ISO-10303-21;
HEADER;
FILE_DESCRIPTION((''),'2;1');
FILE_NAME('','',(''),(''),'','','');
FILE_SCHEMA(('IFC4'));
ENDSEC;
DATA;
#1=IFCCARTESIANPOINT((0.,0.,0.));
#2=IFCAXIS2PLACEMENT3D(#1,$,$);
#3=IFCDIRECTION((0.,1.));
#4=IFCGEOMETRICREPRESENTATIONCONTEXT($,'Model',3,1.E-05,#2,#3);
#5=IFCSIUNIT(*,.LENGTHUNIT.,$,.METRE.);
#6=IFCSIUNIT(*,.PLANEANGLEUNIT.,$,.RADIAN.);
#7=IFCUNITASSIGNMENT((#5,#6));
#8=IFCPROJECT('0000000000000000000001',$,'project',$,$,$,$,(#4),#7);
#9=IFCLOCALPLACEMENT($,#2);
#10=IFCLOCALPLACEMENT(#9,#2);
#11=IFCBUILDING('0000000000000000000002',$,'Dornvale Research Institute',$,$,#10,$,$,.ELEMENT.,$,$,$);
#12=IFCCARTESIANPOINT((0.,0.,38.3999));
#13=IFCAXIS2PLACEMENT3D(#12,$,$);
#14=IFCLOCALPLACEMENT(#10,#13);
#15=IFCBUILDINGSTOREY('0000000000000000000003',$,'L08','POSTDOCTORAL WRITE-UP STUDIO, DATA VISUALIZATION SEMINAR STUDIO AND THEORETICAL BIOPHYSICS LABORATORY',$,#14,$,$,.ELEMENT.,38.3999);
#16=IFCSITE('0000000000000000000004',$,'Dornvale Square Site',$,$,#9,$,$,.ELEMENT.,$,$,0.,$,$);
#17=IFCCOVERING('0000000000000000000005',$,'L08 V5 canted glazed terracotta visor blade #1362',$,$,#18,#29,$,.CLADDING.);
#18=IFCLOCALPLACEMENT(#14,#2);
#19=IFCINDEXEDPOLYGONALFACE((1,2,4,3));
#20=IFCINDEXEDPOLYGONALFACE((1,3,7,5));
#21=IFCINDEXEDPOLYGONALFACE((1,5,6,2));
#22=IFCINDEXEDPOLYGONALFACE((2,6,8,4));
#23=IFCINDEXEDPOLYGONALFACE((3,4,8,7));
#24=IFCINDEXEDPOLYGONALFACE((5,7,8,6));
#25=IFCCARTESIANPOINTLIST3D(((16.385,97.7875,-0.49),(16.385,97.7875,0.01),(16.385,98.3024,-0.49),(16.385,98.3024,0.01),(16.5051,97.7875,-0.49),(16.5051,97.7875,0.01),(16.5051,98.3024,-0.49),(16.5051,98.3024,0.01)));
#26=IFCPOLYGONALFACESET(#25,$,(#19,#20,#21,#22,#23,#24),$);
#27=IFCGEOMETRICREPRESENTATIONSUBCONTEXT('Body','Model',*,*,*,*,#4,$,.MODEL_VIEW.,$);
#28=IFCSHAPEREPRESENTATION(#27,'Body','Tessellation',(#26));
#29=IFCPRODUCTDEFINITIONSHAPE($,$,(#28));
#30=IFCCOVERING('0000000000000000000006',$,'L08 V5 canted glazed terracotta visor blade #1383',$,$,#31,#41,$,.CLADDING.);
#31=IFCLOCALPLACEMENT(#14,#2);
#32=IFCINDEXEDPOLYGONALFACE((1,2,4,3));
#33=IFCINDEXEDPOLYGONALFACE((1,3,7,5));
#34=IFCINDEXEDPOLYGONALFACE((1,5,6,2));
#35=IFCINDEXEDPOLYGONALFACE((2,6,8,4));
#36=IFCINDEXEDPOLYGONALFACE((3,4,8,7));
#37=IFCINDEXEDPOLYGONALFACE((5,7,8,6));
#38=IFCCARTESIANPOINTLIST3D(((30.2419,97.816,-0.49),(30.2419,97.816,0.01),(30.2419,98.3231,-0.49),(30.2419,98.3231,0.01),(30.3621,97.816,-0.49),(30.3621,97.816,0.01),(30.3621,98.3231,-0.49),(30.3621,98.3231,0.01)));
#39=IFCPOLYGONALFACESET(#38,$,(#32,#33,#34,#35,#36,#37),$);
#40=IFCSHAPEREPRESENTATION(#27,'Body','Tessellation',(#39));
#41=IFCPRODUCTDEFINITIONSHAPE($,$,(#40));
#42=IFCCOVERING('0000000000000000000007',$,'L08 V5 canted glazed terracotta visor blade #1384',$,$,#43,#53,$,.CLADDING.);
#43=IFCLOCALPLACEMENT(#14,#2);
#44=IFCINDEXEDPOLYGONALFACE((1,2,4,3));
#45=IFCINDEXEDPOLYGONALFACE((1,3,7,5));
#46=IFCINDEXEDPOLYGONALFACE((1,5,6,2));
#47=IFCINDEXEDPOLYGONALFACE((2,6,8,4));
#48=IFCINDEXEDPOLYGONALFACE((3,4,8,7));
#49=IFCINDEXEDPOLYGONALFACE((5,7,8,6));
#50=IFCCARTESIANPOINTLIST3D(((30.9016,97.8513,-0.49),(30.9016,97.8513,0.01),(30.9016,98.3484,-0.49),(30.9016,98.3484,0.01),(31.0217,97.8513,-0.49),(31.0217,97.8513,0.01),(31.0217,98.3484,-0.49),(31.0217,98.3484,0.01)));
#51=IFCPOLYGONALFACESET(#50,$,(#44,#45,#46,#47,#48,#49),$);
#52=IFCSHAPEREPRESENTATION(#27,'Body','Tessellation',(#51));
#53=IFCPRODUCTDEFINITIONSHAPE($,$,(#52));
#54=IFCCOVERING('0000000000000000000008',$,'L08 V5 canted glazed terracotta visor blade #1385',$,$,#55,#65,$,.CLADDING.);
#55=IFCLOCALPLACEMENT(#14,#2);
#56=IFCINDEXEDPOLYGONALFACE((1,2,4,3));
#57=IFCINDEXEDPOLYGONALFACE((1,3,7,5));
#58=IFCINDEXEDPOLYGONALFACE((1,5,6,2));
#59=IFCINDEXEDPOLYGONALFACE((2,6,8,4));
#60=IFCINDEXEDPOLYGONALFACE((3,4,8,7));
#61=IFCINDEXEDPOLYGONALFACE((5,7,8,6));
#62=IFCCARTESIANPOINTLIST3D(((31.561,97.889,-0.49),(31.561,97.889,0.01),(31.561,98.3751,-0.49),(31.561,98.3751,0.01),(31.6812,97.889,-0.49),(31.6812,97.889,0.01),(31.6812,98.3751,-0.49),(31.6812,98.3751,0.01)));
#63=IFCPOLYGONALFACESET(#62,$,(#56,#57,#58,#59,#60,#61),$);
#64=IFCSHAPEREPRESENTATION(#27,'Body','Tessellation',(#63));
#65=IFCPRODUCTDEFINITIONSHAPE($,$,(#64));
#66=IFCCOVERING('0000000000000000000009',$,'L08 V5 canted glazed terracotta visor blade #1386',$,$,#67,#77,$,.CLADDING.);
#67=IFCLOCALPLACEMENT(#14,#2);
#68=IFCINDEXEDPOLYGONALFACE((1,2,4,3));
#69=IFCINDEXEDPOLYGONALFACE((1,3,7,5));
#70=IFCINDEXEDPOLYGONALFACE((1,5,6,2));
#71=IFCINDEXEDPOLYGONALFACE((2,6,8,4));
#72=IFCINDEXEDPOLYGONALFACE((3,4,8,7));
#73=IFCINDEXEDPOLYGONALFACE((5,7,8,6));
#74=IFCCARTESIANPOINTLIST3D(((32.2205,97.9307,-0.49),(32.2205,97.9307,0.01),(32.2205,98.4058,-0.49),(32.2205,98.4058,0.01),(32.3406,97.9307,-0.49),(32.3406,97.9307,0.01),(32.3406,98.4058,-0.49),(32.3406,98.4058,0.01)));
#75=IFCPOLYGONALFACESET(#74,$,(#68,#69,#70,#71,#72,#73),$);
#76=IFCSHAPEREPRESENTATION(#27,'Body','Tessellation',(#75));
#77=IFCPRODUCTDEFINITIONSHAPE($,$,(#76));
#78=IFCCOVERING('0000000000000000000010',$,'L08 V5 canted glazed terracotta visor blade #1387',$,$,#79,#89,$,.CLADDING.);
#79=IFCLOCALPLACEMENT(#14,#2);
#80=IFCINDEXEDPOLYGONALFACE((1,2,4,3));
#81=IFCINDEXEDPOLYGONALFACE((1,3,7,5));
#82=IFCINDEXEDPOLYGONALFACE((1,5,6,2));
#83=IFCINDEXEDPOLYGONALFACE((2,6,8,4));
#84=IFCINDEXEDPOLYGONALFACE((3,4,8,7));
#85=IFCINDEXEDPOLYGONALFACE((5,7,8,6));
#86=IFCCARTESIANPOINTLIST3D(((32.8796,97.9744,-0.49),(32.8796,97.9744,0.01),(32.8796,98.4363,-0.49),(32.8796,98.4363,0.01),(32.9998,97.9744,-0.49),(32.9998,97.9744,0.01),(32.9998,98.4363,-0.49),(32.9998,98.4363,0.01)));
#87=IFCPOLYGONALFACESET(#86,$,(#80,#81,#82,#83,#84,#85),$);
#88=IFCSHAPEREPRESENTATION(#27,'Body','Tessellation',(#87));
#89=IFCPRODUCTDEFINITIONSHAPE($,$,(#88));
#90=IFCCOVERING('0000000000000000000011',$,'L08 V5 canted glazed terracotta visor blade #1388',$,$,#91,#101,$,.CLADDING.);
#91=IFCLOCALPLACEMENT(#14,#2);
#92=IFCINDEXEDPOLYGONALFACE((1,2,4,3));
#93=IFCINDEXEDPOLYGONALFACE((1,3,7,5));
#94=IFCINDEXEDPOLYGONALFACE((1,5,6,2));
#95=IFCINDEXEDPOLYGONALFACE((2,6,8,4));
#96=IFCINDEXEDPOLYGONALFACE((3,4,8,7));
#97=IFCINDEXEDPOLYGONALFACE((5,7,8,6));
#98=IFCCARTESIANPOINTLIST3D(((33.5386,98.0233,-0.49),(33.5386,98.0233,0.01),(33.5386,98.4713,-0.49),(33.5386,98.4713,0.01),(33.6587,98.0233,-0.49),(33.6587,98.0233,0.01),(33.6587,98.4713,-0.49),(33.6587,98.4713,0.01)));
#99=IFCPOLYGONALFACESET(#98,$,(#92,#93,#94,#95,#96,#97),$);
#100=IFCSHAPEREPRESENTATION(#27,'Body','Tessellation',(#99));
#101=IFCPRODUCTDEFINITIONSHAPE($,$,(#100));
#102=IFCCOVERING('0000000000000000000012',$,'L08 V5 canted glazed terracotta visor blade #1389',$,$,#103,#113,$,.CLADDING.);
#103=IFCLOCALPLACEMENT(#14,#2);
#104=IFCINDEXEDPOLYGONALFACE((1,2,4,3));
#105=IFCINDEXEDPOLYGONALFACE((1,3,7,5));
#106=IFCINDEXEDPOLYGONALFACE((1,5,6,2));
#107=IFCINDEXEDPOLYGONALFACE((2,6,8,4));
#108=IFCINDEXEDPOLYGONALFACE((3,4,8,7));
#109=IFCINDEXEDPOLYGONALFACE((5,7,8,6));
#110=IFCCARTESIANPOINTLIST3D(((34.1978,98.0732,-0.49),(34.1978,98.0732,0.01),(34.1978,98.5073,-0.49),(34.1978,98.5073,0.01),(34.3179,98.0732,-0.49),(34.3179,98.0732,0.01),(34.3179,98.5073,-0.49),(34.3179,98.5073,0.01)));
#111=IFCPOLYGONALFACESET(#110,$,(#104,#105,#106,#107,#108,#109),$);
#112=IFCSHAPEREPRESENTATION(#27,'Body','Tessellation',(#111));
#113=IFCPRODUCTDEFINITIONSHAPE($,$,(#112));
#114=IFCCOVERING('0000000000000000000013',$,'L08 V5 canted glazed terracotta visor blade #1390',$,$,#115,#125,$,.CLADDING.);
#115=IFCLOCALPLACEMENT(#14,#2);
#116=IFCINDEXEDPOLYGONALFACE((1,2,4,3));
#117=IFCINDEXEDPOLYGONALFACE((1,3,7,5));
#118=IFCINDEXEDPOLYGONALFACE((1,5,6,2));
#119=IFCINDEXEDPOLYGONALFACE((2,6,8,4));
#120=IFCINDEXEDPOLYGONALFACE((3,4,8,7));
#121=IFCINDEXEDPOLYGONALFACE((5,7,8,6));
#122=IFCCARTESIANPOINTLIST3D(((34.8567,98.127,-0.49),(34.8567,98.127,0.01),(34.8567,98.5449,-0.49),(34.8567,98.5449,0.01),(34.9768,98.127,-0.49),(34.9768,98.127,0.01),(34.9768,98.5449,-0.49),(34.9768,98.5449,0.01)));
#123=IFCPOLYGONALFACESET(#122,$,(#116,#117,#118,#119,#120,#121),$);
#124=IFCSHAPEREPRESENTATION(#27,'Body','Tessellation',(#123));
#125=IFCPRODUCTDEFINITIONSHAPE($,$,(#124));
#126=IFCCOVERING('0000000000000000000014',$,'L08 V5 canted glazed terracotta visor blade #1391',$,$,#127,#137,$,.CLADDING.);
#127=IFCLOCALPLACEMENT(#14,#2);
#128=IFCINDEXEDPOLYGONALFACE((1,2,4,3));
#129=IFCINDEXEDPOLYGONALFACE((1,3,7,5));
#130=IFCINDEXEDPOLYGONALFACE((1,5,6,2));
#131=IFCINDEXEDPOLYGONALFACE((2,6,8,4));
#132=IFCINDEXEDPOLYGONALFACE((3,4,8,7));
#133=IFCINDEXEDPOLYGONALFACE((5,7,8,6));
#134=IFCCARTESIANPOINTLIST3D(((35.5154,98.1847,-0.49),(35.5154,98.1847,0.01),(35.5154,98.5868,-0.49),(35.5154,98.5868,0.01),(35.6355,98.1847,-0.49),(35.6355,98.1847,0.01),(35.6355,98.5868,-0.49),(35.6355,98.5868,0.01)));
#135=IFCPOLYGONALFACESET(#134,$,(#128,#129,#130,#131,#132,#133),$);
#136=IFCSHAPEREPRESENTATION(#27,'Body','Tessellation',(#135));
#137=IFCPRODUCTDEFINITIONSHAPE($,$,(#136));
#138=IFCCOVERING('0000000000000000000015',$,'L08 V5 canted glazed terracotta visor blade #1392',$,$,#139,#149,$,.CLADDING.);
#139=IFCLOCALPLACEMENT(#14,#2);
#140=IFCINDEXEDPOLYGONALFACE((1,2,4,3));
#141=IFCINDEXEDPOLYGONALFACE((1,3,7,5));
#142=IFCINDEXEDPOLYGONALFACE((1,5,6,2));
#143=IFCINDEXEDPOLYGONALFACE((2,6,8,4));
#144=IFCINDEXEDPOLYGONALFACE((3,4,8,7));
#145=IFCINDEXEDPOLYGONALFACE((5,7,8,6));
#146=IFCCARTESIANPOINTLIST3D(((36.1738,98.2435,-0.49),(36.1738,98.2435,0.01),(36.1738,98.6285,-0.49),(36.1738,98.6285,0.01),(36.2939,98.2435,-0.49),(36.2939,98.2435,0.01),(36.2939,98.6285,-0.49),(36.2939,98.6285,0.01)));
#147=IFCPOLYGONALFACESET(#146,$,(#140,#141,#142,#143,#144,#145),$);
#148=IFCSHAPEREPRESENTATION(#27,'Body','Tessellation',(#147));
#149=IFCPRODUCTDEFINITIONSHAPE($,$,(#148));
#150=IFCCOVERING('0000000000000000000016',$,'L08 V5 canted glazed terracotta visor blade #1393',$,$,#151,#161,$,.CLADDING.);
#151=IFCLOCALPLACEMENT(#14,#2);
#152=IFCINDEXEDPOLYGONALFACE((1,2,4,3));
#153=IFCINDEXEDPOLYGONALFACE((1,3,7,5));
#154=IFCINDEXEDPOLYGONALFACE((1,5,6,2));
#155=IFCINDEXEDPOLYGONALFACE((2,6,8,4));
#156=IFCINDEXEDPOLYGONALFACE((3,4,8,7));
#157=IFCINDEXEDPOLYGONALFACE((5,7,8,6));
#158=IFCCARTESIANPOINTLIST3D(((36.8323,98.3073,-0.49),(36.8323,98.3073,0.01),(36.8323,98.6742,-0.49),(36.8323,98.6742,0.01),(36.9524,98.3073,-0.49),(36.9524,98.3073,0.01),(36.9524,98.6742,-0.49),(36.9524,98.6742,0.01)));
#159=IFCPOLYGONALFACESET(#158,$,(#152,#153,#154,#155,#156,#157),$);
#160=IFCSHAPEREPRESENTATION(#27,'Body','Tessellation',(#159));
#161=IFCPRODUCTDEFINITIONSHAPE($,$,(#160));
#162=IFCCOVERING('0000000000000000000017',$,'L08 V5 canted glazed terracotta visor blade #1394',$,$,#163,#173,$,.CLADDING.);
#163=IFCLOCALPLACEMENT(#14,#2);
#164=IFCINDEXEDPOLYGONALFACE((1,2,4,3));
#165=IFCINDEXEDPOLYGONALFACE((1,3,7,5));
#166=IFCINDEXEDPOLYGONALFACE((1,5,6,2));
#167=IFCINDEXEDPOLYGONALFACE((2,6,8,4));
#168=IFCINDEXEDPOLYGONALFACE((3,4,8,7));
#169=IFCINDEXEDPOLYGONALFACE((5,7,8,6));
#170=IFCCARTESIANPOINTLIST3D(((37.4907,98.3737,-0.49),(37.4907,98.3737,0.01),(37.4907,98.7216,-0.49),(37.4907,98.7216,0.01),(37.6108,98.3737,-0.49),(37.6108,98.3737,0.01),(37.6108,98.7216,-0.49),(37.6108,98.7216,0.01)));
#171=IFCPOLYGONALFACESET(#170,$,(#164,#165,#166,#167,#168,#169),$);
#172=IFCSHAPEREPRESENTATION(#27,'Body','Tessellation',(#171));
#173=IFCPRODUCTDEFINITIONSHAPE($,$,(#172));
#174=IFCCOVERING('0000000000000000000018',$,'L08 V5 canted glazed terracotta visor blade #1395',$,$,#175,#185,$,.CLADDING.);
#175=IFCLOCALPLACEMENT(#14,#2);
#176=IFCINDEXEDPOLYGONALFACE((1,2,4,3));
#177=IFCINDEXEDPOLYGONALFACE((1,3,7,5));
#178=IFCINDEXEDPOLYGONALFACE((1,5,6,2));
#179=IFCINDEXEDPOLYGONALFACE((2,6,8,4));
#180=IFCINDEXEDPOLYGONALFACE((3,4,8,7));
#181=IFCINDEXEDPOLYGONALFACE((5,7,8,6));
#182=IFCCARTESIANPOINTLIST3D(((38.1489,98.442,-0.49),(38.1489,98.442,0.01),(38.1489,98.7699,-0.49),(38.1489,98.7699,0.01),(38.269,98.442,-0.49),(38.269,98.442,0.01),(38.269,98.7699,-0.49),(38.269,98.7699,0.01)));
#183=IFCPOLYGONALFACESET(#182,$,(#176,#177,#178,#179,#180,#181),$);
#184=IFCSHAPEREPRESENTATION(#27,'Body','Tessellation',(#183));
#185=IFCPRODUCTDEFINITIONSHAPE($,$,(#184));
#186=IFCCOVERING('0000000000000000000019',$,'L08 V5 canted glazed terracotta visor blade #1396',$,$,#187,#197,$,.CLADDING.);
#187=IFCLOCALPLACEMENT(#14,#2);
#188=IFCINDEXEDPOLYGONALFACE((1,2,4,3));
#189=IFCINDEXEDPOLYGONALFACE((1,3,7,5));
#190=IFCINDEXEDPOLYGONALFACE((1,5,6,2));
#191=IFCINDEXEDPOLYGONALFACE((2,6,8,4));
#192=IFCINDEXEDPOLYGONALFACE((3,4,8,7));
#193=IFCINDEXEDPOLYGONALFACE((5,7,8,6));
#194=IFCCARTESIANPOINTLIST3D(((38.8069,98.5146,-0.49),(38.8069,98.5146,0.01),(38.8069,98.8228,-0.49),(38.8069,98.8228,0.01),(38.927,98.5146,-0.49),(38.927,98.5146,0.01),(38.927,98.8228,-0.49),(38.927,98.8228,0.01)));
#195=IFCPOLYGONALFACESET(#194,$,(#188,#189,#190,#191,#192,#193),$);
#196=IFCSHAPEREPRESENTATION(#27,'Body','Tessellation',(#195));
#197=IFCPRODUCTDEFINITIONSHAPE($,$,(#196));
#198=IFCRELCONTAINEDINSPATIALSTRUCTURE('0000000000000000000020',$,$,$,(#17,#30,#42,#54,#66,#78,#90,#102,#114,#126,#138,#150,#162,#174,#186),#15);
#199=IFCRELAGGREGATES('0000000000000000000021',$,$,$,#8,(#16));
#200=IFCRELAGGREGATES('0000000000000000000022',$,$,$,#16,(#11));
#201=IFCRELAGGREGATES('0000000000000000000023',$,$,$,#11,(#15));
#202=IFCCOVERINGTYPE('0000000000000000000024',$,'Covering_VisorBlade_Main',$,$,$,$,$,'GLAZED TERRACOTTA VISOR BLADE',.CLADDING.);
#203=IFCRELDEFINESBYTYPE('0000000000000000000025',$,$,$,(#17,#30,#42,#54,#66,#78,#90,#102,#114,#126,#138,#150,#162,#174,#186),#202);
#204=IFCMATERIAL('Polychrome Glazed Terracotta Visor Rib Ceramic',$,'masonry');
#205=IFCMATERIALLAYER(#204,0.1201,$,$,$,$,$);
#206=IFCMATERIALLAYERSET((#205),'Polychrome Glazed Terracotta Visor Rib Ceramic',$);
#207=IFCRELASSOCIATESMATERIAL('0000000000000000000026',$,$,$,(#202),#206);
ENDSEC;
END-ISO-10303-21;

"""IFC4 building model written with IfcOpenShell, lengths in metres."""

from ifc_helpers import new_model, si_unit, direction, frame, origin, origin_2d, place, context, subcontext, project, spatial, rectangle, extrude, material, layer, layer_set, type_object, element, save


model = new_model("IFC4")

# Units and contexts
model_context = context("Model", 3, precision=1e-05, world=origin(), true_north=direction((0.0, 1.0)))
body_context = subcontext(model_context, "Body", "Model", "MODEL_VIEW")
ifc_project = project(units=[si_unit("LENGTHUNIT", "METRE"), si_unit("PLANEANGLEUNIT", "RADIAN")], contexts=[model_context])

# Site, building, storey
site_placement = place(None, origin())
site = spatial("IfcSite", under=ifc_project, at=site_placement, Name="Dornvale Square Site", CompositionType="ELEMENT", RefElevation=0.0)
building_placement = place(site_placement, origin())
building = spatial("IfcBuilding", under=site, at=building_placement, Name="Dornvale Research Institute", CompositionType="ELEMENT")
storey_placement = place(building_placement, frame((0.0, 0.0, 38.3999)))
storey = spatial("IfcBuildingStorey", under=building, at=storey_placement, Name="L08", Description="POSTDOCTORAL WRITE-UP STUDIO, DATA VISUALIZATION SEMINAR STUDIO AND THEORETICAL BIOPHYSICS LABORATORY", CompositionType="ELEMENT", Elevation=38.3999)

# Coverings
ifc_material = material(Name="Polychrome Glazed Terracotta Visor Rib Ceramic", Category="masonry")
ifc_layer = layer(ifc_material, 0.1201)
ifc_layer_set = layer_set([ifc_layer], Name="Polychrome Glazed Terracotta Visor Rib Ceramic")
covering_type = type_object("IfcCoveringType", Name="Covering_VisorBlade_Main", ElementType="GLAZED TERRACOTTA VISOR BLADE", PredefinedType="CLADDING", material=ifc_layer_set)
covering_1_placement = place(storey_placement, frame((16.4451, 98.0449, -0.49), z_axis=(0.0, 0.0, 1.0), x_axis=(0.0, 1.0, 0.0)))
element("IfcCovering", 1, at=covering_1_placement, inside=storey, type_object=covering_type, Name="L08 V5 canted glazed terracotta visor blade #1362", PredefinedType="CLADDING", context=body_context, shape_type="SweptSolid", body=[
    extrude(rectangle(XDim=0.5149, YDim=0.1201, at=origin_2d()), origin(), (0.0, 0.0, 1.0), 0.5),
])
covering_2_placement = place(storey_placement, frame((30.302, 98.0696, -0.49), z_axis=(0.0, 0.0, 1.0), x_axis=(0.0, 1.0, 0.0)))
element("IfcCovering", 2, at=covering_2_placement, inside=storey, type_object=covering_type, Name="L08 V5 canted glazed terracotta visor blade #1383", PredefinedType="CLADDING", context=body_context, shape_type="SweptSolid", body=[
    extrude(rectangle(XDim=0.5071, YDim=0.1201, at=origin_2d()), origin(), (0.0, 0.0, 1.0), 0.5),
])
covering_3_placement = place(storey_placement, frame((30.9617, 98.0999, -0.49), z_axis=(0.0, 0.0, 1.0), x_axis=(0.0, 1.0, 0.0)))
element("IfcCovering", 3, at=covering_3_placement, inside=storey, type_object=covering_type, Name="L08 V5 canted glazed terracotta visor blade #1384", PredefinedType="CLADDING", context=body_context, shape_type="SweptSolid", body=[
    extrude(rectangle(XDim=0.4971, YDim=0.1201, at=origin_2d()), origin(), (0.0, 0.0, 1.0), 0.5),
])
covering_4_placement = place(storey_placement, frame((31.6211, 98.1321, -0.49), z_axis=(0.0, 0.0, 1.0), x_axis=(0.0, 1.0, 0.0)))
element("IfcCovering", 4, at=covering_4_placement, inside=storey, type_object=covering_type, Name="L08 V5 canted glazed terracotta visor blade #1385", PredefinedType="CLADDING", context=body_context, shape_type="SweptSolid", body=[
    extrude(rectangle(XDim=0.4861, YDim=0.1201, at=origin_2d()), origin(), (0.0, 0.0, 1.0), 0.5),
])
covering_5_placement = place(storey_placement, frame((32.2805, 98.1682, -0.49), z_axis=(0.0, 0.0, 1.0), x_axis=(0.0, 1.0, 0.0)))
element("IfcCovering", 5, at=covering_5_placement, inside=storey, type_object=covering_type, Name="L08 V5 canted glazed terracotta visor blade #1386", PredefinedType="CLADDING", context=body_context, shape_type="SweptSolid", body=[
    extrude(rectangle(XDim=0.4751, YDim=0.1201, at=origin_2d()), origin(), (0.0, 0.0, 1.0), 0.5),
])
covering_6_placement = place(storey_placement, frame((32.9397, 98.2053, -0.49), z_axis=(0.0, 0.0, 1.0), x_axis=(0.0, 1.0, 0.0)))
element("IfcCovering", 6, at=covering_6_placement, inside=storey, type_object=covering_type, Name="L08 V5 canted glazed terracotta visor blade #1387", PredefinedType="CLADDING", context=body_context, shape_type="SweptSolid", body=[
    extrude(rectangle(XDim=0.4619, YDim=0.1201, at=origin_2d()), origin(), (0.0, 0.0, 1.0), 0.5),
])
covering_7_placement = place(storey_placement, frame((33.5986, 98.2473, -0.49), z_axis=(0.0, 0.0, 1.0), x_axis=(0.0, 1.0, 0.0)))
element("IfcCovering", 7, at=covering_7_placement, inside=storey, type_object=covering_type, Name="L08 V5 canted glazed terracotta visor blade #1388", PredefinedType="CLADDING", context=body_context, shape_type="SweptSolid", body=[
    extrude(rectangle(XDim=0.448, YDim=0.1201, at=origin_2d()), origin(), (0.0, 0.0, 1.0), 0.5),
])
covering_8_placement = place(storey_placement, frame((34.2578, 98.2903, -0.49), z_axis=(0.0, 0.0, 1.0), x_axis=(0.0, 1.0, 0.0)))
element("IfcCovering", 8, at=covering_8_placement, inside=storey, type_object=covering_type, Name="L08 V5 canted glazed terracotta visor blade #1389", PredefinedType="CLADDING", context=body_context, shape_type="SweptSolid", body=[
    extrude(rectangle(XDim=0.4341, YDim=0.1201, at=origin_2d()), origin(), (0.0, 0.0, 1.0), 0.5),
])
covering_9_placement = place(storey_placement, frame((34.9167, 98.3359, -0.49), z_axis=(0.0, 0.0, 1.0), x_axis=(0.0, 1.0, 0.0)))
element("IfcCovering", 9, at=covering_9_placement, inside=storey, type_object=covering_type, Name="L08 V5 canted glazed terracotta visor blade #1390", PredefinedType="CLADDING", context=body_context, shape_type="SweptSolid", body=[
    extrude(rectangle(XDim=0.418, YDim=0.1201, at=origin_2d()), origin(), (0.0, 0.0, 1.0), 0.5),
])
covering_10_placement = place(storey_placement, frame((35.5754, 98.3857, -0.49), z_axis=(0.0, 0.0, 1.0), x_axis=(0.0, 1.0, 0.0)))
element("IfcCovering", 10, at=covering_10_placement, inside=storey, type_object=covering_type, Name="L08 V5 canted glazed terracotta visor blade #1391", PredefinedType="CLADDING", context=body_context, shape_type="SweptSolid", body=[
    extrude(rectangle(XDim=0.4021, YDim=0.1201, at=origin_2d()), origin(), (0.0, 0.0, 1.0), 0.5),
])
covering_11_placement = place(storey_placement, frame((36.2339, 98.436, -0.49), z_axis=(0.0, 0.0, 1.0), x_axis=(0.0, 1.0, 0.0)))
element("IfcCovering", 11, at=covering_11_placement, inside=storey, type_object=covering_type, Name="L08 V5 canted glazed terracotta visor blade #1392", PredefinedType="CLADDING", context=body_context, shape_type="SweptSolid", body=[
    extrude(rectangle(XDim=0.385, YDim=0.1201, at=origin_2d()), origin(), (0.0, 0.0, 1.0), 0.5),
])
covering_12_placement = place(storey_placement, frame((36.8923, 98.4907, -0.49), z_axis=(0.0, 0.0, 1.0), x_axis=(0.0, 1.0, 0.0)))
element("IfcCovering", 12, at=covering_12_placement, inside=storey, type_object=covering_type, Name="L08 V5 canted glazed terracotta visor blade #1393", PredefinedType="CLADDING", context=body_context, shape_type="SweptSolid", body=[
    extrude(rectangle(XDim=0.3669, YDim=0.1201, at=origin_2d()), origin(), (0.0, 0.0, 1.0), 0.5),
])
covering_13_placement = place(storey_placement, frame((37.5508, 98.5476, -0.49), z_axis=(0.0, 0.0, 1.0), x_axis=(0.0, 1.0, 0.0)))
element("IfcCovering", 13, at=covering_13_placement, inside=storey, type_object=covering_type, Name="L08 V5 canted glazed terracotta visor blade #1394", PredefinedType="CLADDING", context=body_context, shape_type="SweptSolid", body=[
    extrude(rectangle(XDim=0.3479, YDim=0.1201, at=origin_2d()), origin(), (0.0, 0.0, 1.0), 0.5),
])
covering_14_placement = place(storey_placement, frame((38.209, 98.606, -0.49), z_axis=(0.0, 0.0, 1.0), x_axis=(0.0, 1.0, 0.0)))
element("IfcCovering", 14, at=covering_14_placement, inside=storey, type_object=covering_type, Name="L08 V5 canted glazed terracotta visor blade #1395", PredefinedType="CLADDING", context=body_context, shape_type="SweptSolid", body=[
    extrude(rectangle(XDim=0.3279, YDim=0.1201, at=origin_2d()), origin(), (0.0, 0.0, 1.0), 0.5),
])
covering_15_placement = place(storey_placement, frame((38.8669, 98.6687, -0.49), z_axis=(0.0, 0.0, 1.0), x_axis=(0.0, 1.0, 0.0)))
element("IfcCovering", 15, at=covering_15_placement, inside=storey, type_object=covering_type, Name="L08 V5 canted glazed terracotta visor blade #1396", PredefinedType="CLADDING", context=body_context, shape_type="SweptSolid", body=[
    extrude(rectangle(XDim=0.3081, YDim=0.1201, at=origin_2d()), origin(), (0.0, 0.0, 1.0), 0.5),
])

save(model, "model.ifc")
